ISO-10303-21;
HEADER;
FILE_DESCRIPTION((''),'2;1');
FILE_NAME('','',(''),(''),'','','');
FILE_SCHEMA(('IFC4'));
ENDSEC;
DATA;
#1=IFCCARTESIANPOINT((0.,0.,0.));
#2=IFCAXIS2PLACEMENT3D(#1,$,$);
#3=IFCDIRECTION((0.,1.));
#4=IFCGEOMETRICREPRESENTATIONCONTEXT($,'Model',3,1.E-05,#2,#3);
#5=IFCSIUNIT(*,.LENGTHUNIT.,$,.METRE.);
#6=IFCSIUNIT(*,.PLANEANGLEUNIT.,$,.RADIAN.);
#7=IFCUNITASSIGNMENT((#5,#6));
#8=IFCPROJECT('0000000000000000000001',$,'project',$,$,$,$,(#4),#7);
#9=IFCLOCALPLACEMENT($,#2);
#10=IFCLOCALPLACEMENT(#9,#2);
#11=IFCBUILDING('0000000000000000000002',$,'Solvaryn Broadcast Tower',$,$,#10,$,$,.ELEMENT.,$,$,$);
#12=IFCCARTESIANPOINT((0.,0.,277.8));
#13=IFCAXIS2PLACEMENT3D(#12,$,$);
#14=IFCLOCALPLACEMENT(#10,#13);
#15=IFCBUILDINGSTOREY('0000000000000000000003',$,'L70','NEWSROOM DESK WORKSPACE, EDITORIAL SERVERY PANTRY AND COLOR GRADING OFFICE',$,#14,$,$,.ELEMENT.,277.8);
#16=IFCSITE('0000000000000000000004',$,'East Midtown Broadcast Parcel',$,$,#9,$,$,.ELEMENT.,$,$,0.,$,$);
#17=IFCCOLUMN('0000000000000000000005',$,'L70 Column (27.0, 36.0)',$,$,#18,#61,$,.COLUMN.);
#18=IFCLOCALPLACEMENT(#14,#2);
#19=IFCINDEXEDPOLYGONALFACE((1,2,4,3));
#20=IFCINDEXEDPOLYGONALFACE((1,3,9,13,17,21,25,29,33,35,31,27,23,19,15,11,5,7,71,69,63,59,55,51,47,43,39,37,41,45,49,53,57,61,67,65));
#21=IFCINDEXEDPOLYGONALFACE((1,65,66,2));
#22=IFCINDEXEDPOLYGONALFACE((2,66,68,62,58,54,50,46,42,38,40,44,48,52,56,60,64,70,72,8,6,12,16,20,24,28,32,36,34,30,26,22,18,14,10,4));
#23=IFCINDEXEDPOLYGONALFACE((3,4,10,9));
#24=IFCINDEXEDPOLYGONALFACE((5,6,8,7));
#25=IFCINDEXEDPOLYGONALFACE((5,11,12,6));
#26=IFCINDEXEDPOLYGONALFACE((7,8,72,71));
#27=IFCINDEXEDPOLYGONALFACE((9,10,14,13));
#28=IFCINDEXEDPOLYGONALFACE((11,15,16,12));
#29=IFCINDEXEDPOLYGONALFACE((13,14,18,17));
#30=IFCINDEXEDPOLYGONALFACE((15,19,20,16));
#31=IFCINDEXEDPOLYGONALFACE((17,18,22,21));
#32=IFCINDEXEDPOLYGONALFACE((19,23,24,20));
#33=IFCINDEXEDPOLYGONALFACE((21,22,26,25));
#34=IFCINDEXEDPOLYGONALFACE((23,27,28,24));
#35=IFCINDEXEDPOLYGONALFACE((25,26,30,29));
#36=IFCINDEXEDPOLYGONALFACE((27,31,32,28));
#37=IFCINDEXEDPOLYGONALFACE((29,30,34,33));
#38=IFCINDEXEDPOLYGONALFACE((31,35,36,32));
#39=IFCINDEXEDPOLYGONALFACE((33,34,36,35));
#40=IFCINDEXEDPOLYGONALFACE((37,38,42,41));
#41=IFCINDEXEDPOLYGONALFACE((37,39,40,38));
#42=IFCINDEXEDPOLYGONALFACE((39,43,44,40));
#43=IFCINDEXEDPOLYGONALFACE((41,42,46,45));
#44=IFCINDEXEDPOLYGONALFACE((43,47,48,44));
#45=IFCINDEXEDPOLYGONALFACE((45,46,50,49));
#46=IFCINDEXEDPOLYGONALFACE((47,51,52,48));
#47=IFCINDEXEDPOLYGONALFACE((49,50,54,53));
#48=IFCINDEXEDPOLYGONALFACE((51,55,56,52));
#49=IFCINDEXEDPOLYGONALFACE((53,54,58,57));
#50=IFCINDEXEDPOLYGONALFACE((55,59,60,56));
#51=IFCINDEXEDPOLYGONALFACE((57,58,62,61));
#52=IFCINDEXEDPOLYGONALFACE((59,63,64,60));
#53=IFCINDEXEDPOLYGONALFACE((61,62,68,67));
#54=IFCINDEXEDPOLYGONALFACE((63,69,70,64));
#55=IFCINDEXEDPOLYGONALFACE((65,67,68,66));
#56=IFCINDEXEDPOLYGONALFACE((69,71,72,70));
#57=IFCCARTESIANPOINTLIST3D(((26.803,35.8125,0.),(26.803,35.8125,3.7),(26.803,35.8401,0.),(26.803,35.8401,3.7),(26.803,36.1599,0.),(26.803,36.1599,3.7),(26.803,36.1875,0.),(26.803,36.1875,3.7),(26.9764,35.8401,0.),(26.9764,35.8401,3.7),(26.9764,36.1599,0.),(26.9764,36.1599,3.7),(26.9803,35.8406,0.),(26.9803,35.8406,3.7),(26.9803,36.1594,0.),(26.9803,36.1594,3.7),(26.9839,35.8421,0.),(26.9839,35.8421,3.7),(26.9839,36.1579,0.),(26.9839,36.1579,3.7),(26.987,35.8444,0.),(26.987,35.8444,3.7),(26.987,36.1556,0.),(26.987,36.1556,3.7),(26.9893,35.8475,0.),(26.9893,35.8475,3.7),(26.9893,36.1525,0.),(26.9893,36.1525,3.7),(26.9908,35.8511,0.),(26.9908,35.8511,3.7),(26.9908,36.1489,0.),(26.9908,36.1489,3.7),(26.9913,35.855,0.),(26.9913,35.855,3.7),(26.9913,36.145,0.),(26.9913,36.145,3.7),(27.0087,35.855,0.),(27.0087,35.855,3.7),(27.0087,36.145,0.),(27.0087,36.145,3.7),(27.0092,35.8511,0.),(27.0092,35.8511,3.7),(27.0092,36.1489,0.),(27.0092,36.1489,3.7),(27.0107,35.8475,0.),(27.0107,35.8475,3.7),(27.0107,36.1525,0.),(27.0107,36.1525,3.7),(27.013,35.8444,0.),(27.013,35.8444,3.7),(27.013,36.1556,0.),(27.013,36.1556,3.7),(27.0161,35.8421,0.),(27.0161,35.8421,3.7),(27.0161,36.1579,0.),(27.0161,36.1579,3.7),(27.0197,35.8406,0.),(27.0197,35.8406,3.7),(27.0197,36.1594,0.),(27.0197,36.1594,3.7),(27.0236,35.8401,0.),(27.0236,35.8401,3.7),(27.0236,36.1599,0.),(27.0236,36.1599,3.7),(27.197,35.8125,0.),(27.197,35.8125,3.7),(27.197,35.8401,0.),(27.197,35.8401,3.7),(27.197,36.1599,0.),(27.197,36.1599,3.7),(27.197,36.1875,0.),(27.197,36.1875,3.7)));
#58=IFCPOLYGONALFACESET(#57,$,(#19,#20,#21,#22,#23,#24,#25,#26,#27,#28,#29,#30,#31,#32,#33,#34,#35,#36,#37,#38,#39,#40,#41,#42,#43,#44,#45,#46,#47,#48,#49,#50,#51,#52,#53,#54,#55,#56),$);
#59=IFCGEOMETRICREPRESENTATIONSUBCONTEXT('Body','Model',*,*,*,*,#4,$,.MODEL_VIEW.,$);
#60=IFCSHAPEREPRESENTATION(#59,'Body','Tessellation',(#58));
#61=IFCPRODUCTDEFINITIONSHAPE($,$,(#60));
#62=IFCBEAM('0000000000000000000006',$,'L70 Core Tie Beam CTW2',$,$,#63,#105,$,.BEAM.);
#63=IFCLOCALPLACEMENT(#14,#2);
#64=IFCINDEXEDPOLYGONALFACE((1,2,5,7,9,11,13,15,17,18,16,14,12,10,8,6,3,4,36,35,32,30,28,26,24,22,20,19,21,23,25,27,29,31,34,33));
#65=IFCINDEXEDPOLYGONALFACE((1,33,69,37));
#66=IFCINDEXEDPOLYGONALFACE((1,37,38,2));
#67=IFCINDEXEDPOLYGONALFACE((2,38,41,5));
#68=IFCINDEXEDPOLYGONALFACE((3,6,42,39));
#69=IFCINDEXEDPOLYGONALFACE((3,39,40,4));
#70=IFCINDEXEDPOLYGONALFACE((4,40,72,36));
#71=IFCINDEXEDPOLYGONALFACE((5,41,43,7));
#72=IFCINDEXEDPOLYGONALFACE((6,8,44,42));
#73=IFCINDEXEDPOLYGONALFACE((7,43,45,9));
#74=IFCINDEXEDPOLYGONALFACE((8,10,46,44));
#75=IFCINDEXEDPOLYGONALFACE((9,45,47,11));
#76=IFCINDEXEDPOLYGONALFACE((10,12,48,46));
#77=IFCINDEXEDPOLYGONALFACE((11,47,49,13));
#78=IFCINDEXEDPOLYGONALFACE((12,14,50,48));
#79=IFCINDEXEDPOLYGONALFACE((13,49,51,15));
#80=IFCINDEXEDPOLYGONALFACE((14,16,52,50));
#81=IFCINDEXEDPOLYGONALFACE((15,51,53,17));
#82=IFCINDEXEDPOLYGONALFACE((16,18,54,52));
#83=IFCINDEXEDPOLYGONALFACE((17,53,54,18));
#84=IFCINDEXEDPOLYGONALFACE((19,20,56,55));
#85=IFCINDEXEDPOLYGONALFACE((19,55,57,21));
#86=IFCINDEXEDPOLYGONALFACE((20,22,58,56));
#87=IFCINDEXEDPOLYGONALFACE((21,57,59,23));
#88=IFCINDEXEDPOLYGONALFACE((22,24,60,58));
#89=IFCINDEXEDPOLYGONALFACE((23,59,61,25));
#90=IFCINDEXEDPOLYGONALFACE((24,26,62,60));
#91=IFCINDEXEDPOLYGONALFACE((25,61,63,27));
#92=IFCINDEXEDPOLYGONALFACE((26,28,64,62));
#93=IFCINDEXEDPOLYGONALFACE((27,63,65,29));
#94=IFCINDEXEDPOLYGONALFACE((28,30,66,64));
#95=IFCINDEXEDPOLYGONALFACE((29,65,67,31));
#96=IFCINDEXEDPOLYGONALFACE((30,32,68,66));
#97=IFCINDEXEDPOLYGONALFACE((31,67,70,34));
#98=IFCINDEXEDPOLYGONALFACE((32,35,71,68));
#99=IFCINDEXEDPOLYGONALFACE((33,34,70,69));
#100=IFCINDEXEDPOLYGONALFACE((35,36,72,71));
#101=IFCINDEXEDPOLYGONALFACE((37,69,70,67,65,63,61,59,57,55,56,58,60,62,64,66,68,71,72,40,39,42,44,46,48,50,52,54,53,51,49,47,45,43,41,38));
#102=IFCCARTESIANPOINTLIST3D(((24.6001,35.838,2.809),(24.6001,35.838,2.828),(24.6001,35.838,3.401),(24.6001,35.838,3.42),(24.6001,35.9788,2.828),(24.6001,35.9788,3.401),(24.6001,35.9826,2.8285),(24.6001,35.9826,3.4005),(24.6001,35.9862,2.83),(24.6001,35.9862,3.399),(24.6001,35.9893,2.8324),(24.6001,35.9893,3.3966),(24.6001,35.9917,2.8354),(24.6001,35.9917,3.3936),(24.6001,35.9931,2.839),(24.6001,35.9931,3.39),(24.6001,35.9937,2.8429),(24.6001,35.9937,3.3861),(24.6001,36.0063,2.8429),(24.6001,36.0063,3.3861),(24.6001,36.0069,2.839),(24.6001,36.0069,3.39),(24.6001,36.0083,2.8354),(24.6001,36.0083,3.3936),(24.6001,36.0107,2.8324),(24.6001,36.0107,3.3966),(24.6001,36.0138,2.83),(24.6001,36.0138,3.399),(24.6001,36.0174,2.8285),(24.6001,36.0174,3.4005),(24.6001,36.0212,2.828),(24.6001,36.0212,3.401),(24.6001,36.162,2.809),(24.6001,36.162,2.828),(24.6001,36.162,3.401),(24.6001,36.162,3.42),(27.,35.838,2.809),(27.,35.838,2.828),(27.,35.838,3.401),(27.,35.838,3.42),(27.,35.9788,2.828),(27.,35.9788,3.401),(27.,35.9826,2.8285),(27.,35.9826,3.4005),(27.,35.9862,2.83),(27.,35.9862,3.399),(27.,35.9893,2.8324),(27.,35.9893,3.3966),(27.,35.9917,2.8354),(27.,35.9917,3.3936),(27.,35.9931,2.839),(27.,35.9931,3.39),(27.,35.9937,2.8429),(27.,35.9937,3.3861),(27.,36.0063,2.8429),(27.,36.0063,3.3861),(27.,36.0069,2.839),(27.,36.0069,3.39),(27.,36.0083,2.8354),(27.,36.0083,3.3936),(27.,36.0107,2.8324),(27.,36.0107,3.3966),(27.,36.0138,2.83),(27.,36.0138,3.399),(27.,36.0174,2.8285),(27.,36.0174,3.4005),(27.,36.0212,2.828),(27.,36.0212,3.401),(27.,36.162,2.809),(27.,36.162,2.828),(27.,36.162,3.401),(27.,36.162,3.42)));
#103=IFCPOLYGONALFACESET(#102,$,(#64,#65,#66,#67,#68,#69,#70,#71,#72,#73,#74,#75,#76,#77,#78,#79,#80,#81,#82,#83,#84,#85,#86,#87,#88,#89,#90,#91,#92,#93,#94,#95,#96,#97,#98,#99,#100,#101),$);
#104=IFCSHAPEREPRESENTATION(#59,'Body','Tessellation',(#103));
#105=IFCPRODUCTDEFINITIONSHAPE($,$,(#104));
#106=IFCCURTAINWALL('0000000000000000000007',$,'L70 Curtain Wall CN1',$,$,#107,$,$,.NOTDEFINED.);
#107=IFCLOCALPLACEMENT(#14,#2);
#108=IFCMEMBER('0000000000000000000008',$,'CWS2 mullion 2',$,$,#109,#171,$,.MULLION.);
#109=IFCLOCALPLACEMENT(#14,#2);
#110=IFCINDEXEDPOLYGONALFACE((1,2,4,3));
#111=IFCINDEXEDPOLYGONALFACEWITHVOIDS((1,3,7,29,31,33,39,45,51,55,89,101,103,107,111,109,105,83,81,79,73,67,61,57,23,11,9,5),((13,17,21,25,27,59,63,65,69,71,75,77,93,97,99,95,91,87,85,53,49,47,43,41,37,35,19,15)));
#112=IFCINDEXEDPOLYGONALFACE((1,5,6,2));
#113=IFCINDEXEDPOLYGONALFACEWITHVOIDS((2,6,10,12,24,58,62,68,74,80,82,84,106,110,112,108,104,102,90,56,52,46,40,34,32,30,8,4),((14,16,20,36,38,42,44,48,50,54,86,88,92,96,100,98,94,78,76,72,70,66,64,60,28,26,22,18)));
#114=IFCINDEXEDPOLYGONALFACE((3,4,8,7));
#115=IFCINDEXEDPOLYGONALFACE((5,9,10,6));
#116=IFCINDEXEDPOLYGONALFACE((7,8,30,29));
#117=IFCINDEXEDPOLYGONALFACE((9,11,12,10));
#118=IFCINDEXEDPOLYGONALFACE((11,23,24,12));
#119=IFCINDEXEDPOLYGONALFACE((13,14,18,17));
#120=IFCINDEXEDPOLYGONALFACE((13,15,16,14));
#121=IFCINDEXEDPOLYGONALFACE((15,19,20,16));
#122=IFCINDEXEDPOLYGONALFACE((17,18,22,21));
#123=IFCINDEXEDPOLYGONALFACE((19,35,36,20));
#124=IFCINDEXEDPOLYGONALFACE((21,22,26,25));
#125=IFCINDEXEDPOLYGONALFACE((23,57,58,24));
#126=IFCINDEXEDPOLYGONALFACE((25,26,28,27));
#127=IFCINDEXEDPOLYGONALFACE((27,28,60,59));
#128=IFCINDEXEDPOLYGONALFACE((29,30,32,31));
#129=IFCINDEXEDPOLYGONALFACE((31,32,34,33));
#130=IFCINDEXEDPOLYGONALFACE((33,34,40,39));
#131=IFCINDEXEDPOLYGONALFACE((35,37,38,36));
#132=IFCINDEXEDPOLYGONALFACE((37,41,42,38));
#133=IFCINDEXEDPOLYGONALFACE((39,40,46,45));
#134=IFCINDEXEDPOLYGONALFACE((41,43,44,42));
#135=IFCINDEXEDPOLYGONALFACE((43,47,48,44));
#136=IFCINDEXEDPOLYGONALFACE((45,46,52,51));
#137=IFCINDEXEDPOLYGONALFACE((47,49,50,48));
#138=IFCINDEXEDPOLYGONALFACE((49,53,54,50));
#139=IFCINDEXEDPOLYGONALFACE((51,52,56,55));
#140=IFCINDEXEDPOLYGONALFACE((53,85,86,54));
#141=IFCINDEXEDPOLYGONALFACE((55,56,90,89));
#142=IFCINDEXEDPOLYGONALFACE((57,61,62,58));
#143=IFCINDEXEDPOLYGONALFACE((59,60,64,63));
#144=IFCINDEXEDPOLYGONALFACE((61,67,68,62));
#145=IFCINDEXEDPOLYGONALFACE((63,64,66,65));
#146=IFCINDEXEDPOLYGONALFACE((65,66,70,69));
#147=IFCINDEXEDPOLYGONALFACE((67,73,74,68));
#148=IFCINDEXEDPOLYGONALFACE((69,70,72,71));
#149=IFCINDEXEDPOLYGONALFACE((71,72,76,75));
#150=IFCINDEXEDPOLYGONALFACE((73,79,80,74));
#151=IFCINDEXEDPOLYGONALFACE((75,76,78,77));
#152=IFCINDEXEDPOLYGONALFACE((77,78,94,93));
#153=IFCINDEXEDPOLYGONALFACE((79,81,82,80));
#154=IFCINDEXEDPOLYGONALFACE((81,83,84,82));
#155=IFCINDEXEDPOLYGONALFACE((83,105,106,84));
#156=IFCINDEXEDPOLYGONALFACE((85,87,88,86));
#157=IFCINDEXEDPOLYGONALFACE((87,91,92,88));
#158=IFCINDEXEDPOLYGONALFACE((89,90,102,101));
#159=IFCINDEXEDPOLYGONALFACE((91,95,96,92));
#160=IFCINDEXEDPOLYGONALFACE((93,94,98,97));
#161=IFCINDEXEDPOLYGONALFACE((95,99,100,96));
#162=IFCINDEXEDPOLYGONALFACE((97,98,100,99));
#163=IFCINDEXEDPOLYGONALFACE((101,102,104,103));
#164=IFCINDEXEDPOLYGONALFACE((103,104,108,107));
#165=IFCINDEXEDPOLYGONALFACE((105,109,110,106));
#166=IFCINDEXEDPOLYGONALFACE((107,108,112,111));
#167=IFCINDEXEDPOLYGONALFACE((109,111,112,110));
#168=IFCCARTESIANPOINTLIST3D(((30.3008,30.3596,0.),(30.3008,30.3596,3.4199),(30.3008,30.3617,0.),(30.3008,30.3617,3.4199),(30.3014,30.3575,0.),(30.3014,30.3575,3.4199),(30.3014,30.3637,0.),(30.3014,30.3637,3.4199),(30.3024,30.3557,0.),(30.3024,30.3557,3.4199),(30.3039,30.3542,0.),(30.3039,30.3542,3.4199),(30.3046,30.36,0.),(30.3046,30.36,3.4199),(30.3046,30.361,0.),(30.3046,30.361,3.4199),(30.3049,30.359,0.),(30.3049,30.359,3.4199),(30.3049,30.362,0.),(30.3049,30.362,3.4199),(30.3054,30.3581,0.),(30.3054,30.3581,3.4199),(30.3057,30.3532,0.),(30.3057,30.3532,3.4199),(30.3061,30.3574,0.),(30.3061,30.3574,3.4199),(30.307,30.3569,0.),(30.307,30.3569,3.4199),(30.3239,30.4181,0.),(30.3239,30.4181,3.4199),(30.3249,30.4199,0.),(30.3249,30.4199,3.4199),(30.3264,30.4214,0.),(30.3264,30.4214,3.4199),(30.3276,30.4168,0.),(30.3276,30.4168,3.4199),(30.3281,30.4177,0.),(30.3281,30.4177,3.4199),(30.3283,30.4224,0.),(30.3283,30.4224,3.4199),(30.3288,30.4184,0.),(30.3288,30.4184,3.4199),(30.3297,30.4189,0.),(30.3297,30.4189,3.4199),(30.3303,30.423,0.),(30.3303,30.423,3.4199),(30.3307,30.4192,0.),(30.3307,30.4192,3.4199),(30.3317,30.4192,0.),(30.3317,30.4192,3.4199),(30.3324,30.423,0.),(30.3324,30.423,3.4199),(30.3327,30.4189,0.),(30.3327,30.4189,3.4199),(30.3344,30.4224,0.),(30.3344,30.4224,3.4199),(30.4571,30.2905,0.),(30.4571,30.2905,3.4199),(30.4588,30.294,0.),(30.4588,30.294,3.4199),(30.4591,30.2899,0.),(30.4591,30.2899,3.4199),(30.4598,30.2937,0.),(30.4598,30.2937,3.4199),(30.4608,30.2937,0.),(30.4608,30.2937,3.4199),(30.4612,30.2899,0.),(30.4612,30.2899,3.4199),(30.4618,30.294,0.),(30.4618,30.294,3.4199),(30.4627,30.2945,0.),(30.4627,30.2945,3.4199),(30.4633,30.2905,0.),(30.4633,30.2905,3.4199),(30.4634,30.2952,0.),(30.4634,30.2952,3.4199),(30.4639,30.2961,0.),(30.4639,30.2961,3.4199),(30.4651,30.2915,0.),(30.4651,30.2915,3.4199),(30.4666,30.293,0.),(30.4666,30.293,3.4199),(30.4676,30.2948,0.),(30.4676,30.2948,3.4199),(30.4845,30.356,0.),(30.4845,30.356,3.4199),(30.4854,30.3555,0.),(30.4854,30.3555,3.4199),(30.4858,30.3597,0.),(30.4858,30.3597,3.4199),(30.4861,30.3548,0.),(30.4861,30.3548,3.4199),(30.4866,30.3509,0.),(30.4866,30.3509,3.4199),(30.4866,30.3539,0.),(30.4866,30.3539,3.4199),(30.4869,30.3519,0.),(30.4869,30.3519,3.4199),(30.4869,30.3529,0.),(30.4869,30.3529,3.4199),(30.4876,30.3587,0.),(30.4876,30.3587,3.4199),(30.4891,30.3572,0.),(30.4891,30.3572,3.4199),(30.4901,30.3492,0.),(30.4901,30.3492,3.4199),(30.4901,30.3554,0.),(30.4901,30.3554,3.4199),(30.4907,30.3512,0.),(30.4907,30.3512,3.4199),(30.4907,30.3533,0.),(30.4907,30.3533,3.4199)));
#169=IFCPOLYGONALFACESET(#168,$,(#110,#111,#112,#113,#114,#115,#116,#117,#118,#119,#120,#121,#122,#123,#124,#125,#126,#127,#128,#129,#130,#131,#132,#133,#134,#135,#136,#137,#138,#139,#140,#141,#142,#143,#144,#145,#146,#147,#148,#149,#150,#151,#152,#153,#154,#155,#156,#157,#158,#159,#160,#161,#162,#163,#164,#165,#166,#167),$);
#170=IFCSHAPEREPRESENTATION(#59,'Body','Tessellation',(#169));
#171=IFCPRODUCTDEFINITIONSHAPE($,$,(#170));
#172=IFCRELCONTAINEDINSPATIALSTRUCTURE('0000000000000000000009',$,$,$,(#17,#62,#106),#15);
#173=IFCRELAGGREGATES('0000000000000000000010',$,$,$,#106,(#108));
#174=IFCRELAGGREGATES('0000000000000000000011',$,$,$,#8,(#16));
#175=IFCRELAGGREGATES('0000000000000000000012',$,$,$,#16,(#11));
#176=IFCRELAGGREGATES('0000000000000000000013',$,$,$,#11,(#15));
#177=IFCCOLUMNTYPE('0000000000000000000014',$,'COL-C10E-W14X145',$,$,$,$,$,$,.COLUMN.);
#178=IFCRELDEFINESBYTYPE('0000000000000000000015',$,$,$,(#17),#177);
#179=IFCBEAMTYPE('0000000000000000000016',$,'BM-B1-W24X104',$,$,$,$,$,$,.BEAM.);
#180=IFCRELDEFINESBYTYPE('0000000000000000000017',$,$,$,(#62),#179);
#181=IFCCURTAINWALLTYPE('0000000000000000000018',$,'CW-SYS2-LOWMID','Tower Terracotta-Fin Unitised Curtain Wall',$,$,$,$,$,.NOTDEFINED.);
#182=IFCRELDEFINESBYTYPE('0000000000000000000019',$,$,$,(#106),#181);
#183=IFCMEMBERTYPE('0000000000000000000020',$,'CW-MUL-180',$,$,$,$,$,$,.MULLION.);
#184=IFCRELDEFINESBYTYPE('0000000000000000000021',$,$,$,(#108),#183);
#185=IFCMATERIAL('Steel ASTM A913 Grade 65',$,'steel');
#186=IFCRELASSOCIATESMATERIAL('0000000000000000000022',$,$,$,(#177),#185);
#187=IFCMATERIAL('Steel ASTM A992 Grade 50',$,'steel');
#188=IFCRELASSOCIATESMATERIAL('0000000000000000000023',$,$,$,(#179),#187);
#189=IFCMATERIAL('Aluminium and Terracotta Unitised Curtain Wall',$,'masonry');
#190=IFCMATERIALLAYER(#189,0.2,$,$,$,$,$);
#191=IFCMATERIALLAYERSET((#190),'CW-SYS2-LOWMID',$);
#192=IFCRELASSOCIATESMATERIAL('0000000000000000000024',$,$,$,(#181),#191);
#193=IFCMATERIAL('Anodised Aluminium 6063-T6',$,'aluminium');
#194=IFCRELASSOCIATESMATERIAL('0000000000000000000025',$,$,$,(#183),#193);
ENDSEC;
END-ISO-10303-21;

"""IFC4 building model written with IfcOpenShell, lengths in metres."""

from ifc_helpers import new_model, si_unit, direction, frame, origin, origin_2d, place, context, subcontext, project, spatial, hollow_rectangle, i_section, extrude, material, layer, layer_set, material_profile, profile_set, type_object, element, aggregate, save


model = new_model("IFC4")

# Units and contexts
model_context = context("Model", 3, precision=1e-05, world=origin(), true_north=direction((0.0, 1.0)))
body_context = subcontext(model_context, "Body", "Model", "MODEL_VIEW")
ifc_project = project(units=[si_unit("LENGTHUNIT", "METRE"), si_unit("PLANEANGLEUNIT", "RADIAN")], contexts=[model_context])

# Site, building, storey
site_placement = place(None, origin())
site = spatial("IfcSite", under=ifc_project, at=site_placement, Name="East Midtown Broadcast Parcel", CompositionType="ELEMENT", RefElevation=0.0)
building_placement = place(site_placement, origin())
building = spatial("IfcBuilding", under=site, at=building_placement, Name="Solvaryn Broadcast Tower", CompositionType="ELEMENT")
storey_placement = place(building_placement, frame((0.0, 0.0, 277.8)))
storey = spatial("IfcBuildingStorey", under=building, at=storey_placement, Name="L70", Description="NEWSROOM DESK WORKSPACE, EDITORIAL SERVERY PANTRY AND COLOR GRADING OFFICE", CompositionType="ELEMENT", Elevation=277.8)

# Column
ifc_material_1 = material(Name="Steel ASTM A913 Grade 65", Category="steel")
ifc_material_profile_1 = material_profile(ifc_material_1, i_section(OverallWidth=0.394, OverallDepth=0.375, WebThickness=0.0173, FlangeThickness=0.0276, FilletRadius=0.0149, at=origin_2d()))
ifc_profile_set_1 = profile_set([ifc_material_profile_1], Name="Steel ASTM A913 Grade 65")
column_type = type_object("IfcColumnType", Name="COL-C10E-W14X145", PredefinedType="COLUMN", material=ifc_profile_set_1)
column_placement = place(storey_placement, frame((27.0, 36.0, 0.0), z_axis=(0.0, 0.0, 1.0), x_axis=(1.0, 0.0, 0.0)))
element("IfcColumn", 1, at=column_placement, inside=storey, type_object=column_type, Name="L70 Column (27.0, 36.0)", PredefinedType="COLUMN", context=body_context, shape_type="SweptSolid", body=[
    extrude(i_section(OverallWidth=0.394, OverallDepth=0.375, WebThickness=0.0173, FlangeThickness=0.0276, FilletRadius=0.0149, at=origin_2d()), origin(), (0.0, 0.0, 1.0), 3.7),
])

# Beam
ifc_material_2 = material(Name="Steel ASTM A992 Grade 50", Category="steel")
ifc_material_profile_2 = material_profile(ifc_material_2, i_section(OverallWidth=0.324, OverallDepth=0.6111, WebThickness=0.0127, FlangeThickness=0.019, FilletRadius=0.0149, at=origin_2d()))
ifc_profile_set_2 = profile_set([ifc_material_profile_2], Name="Steel ASTM A992 Grade 50")
beam_type = type_object("IfcBeamType", Name="BM-B1-W24X104", PredefinedType="BEAM", material=ifc_profile_set_2)
beam_placement = place(storey_placement, frame((24.6001, 36.0, 3.1145), z_axis=(1.0, 0.0, 0.0), x_axis=(0.0, 1.0, 0.0)))
element("IfcBeam", 2, at=beam_placement, inside=storey, type_object=beam_type, Name="L70 Core Tie Beam CTW2", PredefinedType="BEAM", context=body_context, shape_type="SweptSolid", body=[
    extrude(i_section(OverallWidth=0.324, OverallDepth=0.6111, WebThickness=0.0127, FlangeThickness=0.019, FilletRadius=0.0149, at=origin_2d()), origin(), (0.0, 0.0, 1.0), 2.3999),
])

# Curtain wall, member
ifc_material_3 = material(Name="Aluminium and Terracotta Unitised Curtain Wall", Category="masonry")
ifc_layer_1 = layer(ifc_material_3, 0.2)
ifc_layer_set_1 = layer_set([ifc_layer_1], Name="CW-SYS2-LOWMID")
curtain_wall_type = type_object("IfcCurtainWallType", Name="CW-SYS2-LOWMID", Description="Tower Terracotta-Fin Unitised Curtain Wall", PredefinedType="NOTDEFINED", material=ifc_layer_set_1)
curtain_wall_1_placement = place(storey_placement, origin())
curtain_wall_1 = element("IfcCurtainWall", 3, at=curtain_wall_1_placement, inside=storey, type_object=curtain_wall_type, Name="L70 Curtain Wall CN1", PredefinedType="NOTDEFINED")
ifc_material_4 = material(Name="Anodised Aluminium 6063-T6", Category="aluminium")
ifc_material_profile_3 = material_profile(ifc_material_4, hollow_rectangle(XDim=0.075, YDim=0.1799, WallThickness=0.0039, InnerFilletRadius=0.0039, OuterFilletRadius=0.0081, at=origin_2d()))
ifc_profile_set_3 = profile_set([ifc_material_profile_3], Name="Anodised Aluminium 6063-T6")
member_type_1 = type_object("IfcMemberType", Name="CW-MUL-180", PredefinedType="MULLION", material=ifc_profile_set_3)
member_1_placement = place(storey_placement, frame((30.3958, 30.3564, 0.0), z_axis=(0.0, 0.0, 1.0), x_axis=(-0.382646, -0.923895, 0.0)))
member_1 = element("IfcMember", 4, at=member_1_placement, type_object=member_type_1, Name="CWS2 mullion 2", PredefinedType="MULLION", context=body_context, shape_type="SweptSolid", body=[
    extrude(hollow_rectangle(XDim=0.075, YDim=0.1799, WallThickness=0.0039, InnerFilletRadius=0.0039, OuterFilletRadius=0.0081, at=origin_2d()), origin(), (0.0, 0.0, 1.0), 3.4199),
])
aggregate(curtain_wall_1, [member_1])

save(model, "model.ifc")
